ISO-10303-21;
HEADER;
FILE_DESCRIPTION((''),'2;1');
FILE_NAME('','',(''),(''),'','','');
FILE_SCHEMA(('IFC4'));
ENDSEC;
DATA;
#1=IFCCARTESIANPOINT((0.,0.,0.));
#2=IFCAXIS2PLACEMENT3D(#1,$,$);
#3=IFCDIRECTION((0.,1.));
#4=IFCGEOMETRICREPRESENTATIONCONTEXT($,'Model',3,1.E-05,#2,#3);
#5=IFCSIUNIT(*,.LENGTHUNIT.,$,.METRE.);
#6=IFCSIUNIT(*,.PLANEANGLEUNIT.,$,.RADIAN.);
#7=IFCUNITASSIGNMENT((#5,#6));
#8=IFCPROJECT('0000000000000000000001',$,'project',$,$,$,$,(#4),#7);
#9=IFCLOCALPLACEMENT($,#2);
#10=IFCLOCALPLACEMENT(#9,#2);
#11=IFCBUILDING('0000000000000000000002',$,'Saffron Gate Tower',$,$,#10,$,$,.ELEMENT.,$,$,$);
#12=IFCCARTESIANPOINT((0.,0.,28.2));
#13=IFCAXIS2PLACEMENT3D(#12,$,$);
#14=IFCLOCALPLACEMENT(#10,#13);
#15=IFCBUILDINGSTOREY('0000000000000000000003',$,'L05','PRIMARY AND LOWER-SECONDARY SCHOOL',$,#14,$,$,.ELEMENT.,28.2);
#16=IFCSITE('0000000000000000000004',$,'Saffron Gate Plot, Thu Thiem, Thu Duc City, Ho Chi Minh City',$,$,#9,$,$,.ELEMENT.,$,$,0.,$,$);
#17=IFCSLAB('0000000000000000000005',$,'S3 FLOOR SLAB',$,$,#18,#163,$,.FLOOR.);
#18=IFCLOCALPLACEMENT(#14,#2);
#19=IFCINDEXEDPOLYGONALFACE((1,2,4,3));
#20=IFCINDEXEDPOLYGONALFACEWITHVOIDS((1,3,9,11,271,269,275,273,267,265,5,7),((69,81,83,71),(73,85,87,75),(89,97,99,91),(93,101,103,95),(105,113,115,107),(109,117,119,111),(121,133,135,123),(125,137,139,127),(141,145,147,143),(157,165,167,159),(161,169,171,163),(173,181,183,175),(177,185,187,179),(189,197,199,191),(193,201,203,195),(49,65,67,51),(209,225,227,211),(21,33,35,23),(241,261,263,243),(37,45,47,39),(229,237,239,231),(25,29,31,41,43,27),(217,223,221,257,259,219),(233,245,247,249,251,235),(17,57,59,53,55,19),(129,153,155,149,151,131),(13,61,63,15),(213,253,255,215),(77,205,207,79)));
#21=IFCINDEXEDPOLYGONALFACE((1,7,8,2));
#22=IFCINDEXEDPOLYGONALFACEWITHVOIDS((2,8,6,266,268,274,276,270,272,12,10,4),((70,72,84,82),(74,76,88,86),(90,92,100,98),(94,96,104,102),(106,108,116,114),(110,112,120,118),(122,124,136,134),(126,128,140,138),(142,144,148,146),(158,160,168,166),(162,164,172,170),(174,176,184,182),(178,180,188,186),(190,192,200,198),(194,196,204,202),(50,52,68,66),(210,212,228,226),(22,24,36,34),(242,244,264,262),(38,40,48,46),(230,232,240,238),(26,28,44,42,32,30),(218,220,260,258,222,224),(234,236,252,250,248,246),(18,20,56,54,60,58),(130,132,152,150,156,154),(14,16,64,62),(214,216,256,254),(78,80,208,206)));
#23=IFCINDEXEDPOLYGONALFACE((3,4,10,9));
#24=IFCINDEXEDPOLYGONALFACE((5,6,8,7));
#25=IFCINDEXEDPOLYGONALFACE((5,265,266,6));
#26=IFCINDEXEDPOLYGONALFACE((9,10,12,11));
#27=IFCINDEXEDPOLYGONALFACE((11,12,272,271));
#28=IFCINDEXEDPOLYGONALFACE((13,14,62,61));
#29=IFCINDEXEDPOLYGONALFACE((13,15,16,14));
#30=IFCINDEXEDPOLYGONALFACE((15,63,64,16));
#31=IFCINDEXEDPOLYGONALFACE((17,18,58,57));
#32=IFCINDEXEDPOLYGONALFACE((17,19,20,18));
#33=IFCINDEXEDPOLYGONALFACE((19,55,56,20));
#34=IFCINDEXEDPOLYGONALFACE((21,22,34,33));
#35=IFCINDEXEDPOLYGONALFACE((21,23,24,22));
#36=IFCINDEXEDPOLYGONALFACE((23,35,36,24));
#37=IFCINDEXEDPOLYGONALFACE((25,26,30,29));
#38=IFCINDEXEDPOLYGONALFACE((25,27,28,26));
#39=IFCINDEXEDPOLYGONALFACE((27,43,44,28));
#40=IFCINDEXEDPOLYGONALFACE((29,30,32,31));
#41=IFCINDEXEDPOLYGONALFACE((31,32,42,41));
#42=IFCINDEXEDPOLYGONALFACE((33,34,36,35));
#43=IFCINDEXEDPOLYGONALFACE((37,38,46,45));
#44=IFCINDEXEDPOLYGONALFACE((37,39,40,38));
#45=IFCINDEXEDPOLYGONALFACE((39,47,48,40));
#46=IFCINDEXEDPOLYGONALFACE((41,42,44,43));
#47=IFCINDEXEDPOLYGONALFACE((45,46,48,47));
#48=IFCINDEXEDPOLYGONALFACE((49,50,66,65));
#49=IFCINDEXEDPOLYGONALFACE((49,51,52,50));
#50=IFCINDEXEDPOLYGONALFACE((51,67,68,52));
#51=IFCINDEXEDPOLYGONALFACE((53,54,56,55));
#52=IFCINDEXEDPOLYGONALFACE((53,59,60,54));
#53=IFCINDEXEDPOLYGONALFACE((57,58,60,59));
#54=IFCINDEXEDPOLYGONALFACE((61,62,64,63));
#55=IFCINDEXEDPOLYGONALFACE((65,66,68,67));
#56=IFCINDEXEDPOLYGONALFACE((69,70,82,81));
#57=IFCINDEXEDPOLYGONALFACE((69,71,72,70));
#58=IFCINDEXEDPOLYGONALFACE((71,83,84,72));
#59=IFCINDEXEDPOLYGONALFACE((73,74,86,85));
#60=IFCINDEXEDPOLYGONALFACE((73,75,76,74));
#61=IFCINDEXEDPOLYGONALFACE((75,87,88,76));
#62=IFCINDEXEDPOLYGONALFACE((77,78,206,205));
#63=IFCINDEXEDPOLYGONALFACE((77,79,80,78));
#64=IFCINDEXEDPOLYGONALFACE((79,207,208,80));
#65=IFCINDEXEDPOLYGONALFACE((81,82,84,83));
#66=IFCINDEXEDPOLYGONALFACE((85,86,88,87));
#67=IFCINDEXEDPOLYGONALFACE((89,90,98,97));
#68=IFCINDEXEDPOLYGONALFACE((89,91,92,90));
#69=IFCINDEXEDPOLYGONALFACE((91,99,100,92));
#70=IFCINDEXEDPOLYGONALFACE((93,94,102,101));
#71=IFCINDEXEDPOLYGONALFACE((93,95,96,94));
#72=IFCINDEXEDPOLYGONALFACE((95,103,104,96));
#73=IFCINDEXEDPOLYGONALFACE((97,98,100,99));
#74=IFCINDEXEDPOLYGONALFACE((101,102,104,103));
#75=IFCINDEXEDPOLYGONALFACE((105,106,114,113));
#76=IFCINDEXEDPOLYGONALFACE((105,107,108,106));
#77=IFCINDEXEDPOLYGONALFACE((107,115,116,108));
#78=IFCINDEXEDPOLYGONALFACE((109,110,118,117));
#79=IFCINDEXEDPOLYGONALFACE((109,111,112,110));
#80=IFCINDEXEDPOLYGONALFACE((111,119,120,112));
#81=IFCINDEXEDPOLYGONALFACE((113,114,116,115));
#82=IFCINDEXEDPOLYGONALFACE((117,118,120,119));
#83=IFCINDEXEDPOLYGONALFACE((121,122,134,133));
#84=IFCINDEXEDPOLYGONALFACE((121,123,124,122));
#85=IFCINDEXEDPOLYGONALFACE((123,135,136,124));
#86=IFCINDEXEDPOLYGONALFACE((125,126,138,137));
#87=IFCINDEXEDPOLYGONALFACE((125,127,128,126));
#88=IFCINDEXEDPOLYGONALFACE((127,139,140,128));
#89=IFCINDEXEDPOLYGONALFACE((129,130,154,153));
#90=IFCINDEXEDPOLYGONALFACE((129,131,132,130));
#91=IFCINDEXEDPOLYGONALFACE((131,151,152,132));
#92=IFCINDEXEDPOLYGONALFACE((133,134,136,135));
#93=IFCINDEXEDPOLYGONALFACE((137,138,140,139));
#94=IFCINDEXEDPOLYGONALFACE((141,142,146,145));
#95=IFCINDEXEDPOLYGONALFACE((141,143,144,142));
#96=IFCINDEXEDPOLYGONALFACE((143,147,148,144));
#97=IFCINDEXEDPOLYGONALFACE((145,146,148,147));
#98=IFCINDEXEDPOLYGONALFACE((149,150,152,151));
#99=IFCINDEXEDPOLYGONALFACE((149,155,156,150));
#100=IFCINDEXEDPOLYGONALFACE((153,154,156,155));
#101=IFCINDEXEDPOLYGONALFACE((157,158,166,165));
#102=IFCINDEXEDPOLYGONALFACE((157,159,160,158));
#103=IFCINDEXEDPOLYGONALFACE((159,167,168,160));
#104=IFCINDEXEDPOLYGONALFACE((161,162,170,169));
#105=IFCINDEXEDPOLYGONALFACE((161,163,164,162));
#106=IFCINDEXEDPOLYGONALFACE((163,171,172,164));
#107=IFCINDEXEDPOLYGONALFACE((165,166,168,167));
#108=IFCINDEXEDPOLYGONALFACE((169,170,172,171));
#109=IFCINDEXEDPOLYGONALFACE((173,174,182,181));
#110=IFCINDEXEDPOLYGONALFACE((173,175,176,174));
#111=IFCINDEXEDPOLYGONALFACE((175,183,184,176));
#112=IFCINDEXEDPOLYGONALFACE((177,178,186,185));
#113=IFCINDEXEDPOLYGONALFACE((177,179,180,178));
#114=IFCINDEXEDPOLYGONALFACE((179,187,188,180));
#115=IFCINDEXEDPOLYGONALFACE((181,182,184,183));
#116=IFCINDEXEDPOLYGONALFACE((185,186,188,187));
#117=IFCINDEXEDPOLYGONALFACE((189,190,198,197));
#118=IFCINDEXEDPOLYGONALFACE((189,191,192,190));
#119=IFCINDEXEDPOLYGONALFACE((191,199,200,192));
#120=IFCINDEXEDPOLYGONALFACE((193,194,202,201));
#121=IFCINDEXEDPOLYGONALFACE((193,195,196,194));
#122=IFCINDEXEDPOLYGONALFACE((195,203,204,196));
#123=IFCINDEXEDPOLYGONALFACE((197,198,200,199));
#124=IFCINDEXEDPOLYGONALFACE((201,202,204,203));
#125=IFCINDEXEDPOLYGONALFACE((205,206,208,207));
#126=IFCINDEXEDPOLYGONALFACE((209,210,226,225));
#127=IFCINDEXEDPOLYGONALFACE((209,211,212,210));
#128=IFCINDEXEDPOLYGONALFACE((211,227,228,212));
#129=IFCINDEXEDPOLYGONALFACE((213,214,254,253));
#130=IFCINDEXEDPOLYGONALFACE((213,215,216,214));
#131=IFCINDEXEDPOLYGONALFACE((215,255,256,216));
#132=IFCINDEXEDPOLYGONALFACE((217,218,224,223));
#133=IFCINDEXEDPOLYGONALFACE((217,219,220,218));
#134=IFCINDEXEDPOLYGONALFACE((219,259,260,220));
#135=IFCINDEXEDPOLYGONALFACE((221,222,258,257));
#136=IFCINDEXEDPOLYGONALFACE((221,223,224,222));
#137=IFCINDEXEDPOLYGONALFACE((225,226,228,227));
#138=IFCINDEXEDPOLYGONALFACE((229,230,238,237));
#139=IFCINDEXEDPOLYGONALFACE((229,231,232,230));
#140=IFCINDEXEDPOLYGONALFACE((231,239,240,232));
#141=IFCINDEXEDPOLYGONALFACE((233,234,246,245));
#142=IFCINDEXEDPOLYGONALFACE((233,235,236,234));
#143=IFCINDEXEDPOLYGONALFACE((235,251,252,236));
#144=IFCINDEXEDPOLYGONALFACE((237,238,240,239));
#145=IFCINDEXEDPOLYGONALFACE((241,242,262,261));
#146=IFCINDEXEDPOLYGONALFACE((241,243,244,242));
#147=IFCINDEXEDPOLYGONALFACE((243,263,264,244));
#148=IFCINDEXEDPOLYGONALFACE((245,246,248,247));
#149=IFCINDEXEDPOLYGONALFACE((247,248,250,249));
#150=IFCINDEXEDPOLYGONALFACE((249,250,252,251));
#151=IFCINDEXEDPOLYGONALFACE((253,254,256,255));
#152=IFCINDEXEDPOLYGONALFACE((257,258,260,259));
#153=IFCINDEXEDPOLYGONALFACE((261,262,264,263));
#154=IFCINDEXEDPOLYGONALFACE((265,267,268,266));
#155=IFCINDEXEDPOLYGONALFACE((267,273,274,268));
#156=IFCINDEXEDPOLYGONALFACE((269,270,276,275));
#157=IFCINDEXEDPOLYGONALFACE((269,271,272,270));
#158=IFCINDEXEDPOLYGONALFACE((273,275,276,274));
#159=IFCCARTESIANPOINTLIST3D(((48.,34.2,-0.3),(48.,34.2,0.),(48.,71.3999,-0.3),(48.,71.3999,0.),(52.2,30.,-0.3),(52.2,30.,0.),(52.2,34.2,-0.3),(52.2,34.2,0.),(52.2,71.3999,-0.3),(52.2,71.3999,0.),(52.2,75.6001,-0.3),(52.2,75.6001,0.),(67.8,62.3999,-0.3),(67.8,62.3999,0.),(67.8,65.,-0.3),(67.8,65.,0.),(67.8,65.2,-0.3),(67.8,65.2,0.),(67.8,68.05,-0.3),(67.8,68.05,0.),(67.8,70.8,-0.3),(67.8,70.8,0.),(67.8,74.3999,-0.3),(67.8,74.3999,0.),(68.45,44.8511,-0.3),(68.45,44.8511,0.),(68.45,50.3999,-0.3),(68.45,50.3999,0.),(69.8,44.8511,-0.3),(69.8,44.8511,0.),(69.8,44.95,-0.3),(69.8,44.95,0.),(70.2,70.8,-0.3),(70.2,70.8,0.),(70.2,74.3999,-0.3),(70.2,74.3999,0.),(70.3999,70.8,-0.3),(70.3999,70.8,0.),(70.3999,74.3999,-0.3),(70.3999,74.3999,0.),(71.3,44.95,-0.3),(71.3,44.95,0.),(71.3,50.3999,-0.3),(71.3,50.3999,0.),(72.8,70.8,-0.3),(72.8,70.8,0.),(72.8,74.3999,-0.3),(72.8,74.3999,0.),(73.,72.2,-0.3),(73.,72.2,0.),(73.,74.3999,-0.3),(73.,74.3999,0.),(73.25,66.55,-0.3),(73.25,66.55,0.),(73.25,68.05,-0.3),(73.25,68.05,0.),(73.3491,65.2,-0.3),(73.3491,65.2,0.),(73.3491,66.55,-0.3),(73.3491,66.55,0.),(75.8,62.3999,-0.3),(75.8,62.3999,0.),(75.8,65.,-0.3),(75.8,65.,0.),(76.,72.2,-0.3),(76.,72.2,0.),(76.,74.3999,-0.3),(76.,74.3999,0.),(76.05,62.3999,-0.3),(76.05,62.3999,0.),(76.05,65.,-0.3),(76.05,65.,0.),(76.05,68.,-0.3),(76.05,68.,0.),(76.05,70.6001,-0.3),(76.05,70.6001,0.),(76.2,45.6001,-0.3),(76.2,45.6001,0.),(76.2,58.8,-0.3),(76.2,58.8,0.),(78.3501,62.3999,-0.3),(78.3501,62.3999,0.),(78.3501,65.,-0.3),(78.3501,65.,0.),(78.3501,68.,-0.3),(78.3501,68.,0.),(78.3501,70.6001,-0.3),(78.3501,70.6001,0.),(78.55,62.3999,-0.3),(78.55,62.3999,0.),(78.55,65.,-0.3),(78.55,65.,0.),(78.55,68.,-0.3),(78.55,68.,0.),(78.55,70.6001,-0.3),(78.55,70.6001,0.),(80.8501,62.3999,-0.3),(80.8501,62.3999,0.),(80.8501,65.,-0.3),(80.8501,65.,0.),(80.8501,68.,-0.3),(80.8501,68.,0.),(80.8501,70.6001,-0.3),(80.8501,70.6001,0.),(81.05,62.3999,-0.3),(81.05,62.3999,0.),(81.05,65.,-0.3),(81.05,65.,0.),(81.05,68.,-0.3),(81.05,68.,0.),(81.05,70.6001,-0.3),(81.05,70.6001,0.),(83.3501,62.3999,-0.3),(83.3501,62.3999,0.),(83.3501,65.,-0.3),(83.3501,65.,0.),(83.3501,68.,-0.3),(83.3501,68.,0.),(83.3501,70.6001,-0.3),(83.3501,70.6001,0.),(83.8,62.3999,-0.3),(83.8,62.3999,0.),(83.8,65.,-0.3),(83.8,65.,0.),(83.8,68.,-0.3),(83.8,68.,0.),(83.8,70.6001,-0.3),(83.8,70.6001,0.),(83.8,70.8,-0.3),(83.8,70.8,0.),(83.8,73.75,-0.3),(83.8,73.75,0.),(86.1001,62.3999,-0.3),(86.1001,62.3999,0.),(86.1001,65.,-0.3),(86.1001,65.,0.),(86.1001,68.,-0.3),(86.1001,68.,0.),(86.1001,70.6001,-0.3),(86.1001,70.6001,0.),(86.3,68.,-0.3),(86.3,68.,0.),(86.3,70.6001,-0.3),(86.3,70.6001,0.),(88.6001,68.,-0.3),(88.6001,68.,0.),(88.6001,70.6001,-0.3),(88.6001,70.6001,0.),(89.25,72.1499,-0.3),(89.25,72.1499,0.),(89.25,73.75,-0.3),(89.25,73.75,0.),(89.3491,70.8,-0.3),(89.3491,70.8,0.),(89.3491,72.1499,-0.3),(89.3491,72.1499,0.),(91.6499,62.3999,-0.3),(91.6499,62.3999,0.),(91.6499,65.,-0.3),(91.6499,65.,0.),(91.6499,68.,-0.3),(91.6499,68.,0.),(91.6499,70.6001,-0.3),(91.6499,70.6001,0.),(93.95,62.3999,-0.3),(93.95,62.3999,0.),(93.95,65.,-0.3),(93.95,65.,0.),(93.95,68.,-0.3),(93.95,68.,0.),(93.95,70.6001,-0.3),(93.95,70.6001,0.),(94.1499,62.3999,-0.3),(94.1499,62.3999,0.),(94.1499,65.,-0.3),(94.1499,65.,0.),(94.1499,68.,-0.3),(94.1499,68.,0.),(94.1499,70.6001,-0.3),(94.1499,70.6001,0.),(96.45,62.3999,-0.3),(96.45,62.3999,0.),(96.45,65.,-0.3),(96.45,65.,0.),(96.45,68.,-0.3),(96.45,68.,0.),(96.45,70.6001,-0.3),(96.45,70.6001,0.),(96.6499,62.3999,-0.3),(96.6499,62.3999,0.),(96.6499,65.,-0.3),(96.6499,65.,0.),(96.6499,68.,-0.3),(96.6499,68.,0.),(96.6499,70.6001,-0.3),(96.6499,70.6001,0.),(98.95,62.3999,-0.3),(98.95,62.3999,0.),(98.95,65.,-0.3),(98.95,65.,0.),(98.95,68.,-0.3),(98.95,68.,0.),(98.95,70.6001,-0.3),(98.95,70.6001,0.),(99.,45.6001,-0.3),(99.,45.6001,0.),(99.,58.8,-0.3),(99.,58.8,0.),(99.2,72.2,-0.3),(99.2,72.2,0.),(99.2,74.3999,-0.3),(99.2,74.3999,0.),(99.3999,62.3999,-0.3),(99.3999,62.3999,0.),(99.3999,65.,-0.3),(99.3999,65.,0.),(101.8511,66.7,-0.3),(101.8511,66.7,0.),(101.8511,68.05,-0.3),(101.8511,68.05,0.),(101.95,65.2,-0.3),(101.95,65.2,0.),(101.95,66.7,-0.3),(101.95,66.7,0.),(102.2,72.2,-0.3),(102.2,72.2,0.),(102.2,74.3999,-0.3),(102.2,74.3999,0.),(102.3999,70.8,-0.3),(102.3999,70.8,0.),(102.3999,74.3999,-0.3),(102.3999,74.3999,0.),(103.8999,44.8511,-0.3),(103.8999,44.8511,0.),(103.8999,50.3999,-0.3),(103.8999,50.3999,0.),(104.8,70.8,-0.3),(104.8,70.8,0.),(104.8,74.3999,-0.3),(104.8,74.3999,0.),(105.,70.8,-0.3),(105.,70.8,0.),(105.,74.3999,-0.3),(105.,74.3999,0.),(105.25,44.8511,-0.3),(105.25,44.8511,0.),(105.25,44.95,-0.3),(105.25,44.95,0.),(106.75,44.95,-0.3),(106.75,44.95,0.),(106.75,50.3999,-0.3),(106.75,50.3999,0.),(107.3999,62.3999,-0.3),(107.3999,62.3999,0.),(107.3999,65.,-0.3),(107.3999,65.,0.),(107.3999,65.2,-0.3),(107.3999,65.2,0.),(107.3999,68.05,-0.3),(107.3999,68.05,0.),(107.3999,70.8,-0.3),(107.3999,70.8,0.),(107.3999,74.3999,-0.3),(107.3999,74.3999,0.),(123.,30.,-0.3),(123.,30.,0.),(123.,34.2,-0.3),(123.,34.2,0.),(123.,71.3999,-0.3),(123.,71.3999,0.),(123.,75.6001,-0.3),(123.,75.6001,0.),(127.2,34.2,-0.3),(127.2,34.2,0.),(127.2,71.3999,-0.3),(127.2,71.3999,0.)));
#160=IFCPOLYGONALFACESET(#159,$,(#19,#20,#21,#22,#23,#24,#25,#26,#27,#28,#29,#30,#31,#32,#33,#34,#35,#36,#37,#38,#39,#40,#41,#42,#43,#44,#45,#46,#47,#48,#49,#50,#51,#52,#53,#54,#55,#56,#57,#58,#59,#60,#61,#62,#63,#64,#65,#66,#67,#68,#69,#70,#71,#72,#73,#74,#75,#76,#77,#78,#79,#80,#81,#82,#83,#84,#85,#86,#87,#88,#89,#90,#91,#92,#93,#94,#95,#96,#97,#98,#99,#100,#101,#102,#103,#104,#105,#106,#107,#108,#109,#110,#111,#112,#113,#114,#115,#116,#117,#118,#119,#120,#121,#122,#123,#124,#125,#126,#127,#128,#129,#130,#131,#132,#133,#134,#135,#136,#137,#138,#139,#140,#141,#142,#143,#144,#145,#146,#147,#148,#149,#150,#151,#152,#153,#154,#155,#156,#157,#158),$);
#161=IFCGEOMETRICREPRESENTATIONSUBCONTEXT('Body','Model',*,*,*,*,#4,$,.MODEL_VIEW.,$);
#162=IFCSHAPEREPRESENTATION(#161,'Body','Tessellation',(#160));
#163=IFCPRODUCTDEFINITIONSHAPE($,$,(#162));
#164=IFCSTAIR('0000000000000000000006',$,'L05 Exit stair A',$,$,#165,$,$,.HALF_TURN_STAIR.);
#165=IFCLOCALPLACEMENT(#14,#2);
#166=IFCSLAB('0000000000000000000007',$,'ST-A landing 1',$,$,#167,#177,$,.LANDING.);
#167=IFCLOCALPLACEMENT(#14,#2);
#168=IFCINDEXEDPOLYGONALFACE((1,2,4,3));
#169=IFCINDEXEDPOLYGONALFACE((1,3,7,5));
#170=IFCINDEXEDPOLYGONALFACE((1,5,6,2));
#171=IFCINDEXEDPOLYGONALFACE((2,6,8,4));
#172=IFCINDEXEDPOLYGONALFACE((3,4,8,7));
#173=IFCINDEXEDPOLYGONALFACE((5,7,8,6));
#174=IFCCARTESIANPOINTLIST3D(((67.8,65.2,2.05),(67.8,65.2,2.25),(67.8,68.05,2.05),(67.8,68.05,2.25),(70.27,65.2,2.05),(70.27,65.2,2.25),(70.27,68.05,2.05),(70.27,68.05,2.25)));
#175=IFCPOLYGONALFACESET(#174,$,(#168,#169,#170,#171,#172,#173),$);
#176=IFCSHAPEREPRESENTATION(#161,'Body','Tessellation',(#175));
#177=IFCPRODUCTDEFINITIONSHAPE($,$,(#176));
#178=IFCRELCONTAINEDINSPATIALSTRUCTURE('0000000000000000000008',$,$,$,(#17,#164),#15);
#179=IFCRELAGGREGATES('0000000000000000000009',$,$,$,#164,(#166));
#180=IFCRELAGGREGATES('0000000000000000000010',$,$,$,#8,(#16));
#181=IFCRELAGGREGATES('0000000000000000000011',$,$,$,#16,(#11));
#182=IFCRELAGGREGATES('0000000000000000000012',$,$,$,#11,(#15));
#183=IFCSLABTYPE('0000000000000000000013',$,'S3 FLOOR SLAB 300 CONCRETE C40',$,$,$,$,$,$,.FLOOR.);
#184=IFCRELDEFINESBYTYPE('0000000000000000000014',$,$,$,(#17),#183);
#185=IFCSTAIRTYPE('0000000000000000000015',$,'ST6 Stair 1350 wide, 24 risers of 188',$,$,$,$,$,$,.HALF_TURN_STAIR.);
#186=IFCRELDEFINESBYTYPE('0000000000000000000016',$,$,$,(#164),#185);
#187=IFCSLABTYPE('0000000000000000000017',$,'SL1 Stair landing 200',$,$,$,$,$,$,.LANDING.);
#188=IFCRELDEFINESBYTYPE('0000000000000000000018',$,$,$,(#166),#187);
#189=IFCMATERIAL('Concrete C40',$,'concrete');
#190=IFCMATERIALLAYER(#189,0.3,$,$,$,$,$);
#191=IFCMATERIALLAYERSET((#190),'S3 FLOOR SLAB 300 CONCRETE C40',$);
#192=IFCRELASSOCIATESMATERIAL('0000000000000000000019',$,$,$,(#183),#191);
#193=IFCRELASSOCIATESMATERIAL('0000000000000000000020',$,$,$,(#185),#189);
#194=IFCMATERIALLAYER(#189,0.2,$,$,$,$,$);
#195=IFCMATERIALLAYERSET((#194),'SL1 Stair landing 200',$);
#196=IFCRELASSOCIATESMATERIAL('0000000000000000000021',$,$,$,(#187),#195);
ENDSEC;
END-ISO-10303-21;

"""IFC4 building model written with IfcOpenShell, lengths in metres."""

from ifc_helpers import new_model, si_unit, direction, frame, origin, place, context, subcontext, project, spatial, polyline, outline, extrude, material, layer, layer_set, type_object, element, aggregate, save


model = new_model("IFC4")

# Units and contexts
model_context = context("Model", 3, precision=1e-05, world=origin(), true_north=direction((0.0, 1.0)))
body_context = subcontext(model_context, "Body", "Model", "MODEL_VIEW")
ifc_project = project(units=[si_unit("LENGTHUNIT", "METRE"), si_unit("PLANEANGLEUNIT", "RADIAN")], contexts=[model_context])

# Site, building, storey
site_placement = place(None, origin())
site = spatial("IfcSite", under=ifc_project, at=site_placement, Name="Saffron Gate Plot, Thu Thiem, Thu Duc City, Ho Chi Minh City", CompositionType="ELEMENT", RefElevation=0.0)
building_placement = place(site_placement, origin())
building = spatial("IfcBuilding", under=site, at=building_placement, Name="Saffron Gate Tower", CompositionType="ELEMENT")
storey_placement = place(building_placement, frame((0.0, 0.0, 28.2)))
storey = spatial("IfcBuildingStorey", under=building, at=storey_placement, Name="L05", Description="PRIMARY AND LOWER-SECONDARY SCHOOL", CompositionType="ELEMENT", Elevation=28.2)

# Slab
ifc_material_1 = material(Name="Concrete C40", Category="concrete")
ifc_layer_1 = layer(ifc_material_1, 0.3)
ifc_layer_set_1 = layer_set([ifc_layer_1], Name="S3 FLOOR SLAB 300 CONCRETE C40")
slab_type_1 = type_object("IfcSlabType", Name="S3 FLOOR SLAB 300 CONCRETE C40", PredefinedType="FLOOR", material=ifc_layer_set_1)
slab_1_placement = place(storey_placement, frame((0.0, 0.0, -0.3)))
element("IfcSlab", 1, at=slab_1_placement, inside=storey, type_object=slab_type_1, Name="S3 FLOOR SLAB", PredefinedType="FLOOR", context=body_context, shape_type="SweptSolid", body=[
    extrude(outline(polyline([(48.0, 34.2), (52.2, 34.2), (52.2, 30.0), (123.0, 30.0), (123.0, 34.2), (127.2, 34.2), (127.2, 71.3999), (123.0, 71.3999), (123.0, 75.6001), (52.2, 75.6001), (52.2, 71.3999), (48.0, 71.3999), (48.0, 34.2)]), holes=[polyline([(67.8, 62.3999), (67.8, 65.0), (75.8, 65.0), (75.8, 62.3999), (67.8, 62.3999)]), polyline([(67.8, 65.2), (67.8, 68.05), (73.25, 68.05), (73.25, 66.55), (73.3491, 66.55), (73.3491, 65.2), (67.8, 65.2)]), polyline([(67.8, 70.8), (67.8, 74.3999), (70.2, 74.3999), (70.2, 70.8), (67.8, 70.8)]), polyline([(68.45, 44.8511), (68.45, 50.3999), (71.3, 50.3999), (71.3, 44.95), (69.8, 44.95), (69.8, 44.8511), (68.45, 44.8511)]), polyline([(70.3999, 70.8), (70.3999, 74.3999), (72.8, 74.3999), (72.8, 70.8), (70.3999, 70.8)]), polyline([(73.0, 72.2), (73.0, 74.3999), (76.0, 74.3999), (76.0, 72.2), (73.0, 72.2)]), polyline([(76.05, 62.3999), (76.05, 65.0), (78.3501, 65.0), (78.3501, 62.3999), (76.05, 62.3999)]), polyline([(76.05, 68.0), (76.05, 70.6001), (78.3501, 70.6001), (78.3501, 68.0), (76.05, 68.0)]), polyline([(76.2, 45.6001), (76.2, 58.8), (99.0, 58.8), (99.0, 45.6001), (76.2, 45.6001)]), polyline([(78.55, 62.3999), (78.55, 65.0), (80.8501, 65.0), (80.8501, 62.3999), (78.55, 62.3999)]), polyline([(78.55, 68.0), (78.55, 70.6001), (80.8501, 70.6001), (80.8501, 68.0), (78.55, 68.0)]), polyline([(81.05, 62.3999), (81.05, 65.0), (83.3501, 65.0), (83.3501, 62.3999), (81.05, 62.3999)]), polyline([(81.05, 68.0), (81.05, 70.6001), (83.3501, 70.6001), (83.3501, 68.0), (81.05, 68.0)]), polyline([(83.8, 62.3999), (83.8, 65.0), (86.1001, 65.0), (86.1001, 62.3999), (83.8, 62.3999)]), polyline([(83.8, 68.0), (83.8, 70.6001), (86.1001, 70.6001), (86.1001, 68.0), (83.8, 68.0)]), polyline([(83.8, 70.8), (83.8, 73.75), (89.25, 73.75), (89.25, 72.1499), (89.3491, 72.1499), (89.3491, 70.8), (83.8, 70.8)]), polyline([(86.3, 68.0), (86.3, 70.6001), (88.6001, 70.6001), (88.6001, 68.0), (86.3, 68.0)]), polyline([(91.6499, 62.3999), (91.6499, 65.0), (93.95, 65.0), (93.95, 62.3999), (91.6499, 62.3999)]), polyline([(91.6499, 68.0), (91.6499, 70.6001), (93.95, 70.6001), (93.95, 68.0), (91.6499, 68.0)]), polyline([(94.1499, 62.3999), (94.1499, 65.0), (96.45, 65.0), (96.45, 62.3999), (94.1499, 62.3999)]), polyline([(94.1499, 68.0), (94.1499, 70.6001), (96.45, 70.6001), (96.45, 68.0), (94.1499, 68.0)]), polyline([(96.6499, 62.3999), (96.6499, 65.0), (98.95, 65.0), (98.95, 62.3999), (96.6499, 62.3999)]), polyline([(96.6499, 68.0), (96.6499, 70.6001), (98.95, 70.6001), (98.95, 68.0), (96.6499, 68.0)]), polyline([(99.2, 72.2), (99.2, 74.3999), (102.2, 74.3999), (102.2, 72.2), (99.2, 72.2)]), polyline([(99.3999, 62.3999), (99.3999, 65.0), (107.3999, 65.0), (107.3999, 62.3999), (99.3999, 62.3999)]), polyline([(101.8511, 66.7), (101.8511, 68.05), (107.3999, 68.05), (107.3999, 65.2), (101.95, 65.2), (101.95, 66.7), (101.8511, 66.7)]), polyline([(102.3999, 70.8), (102.3999, 74.3999), (104.8, 74.3999), (104.8, 70.8), (102.3999, 70.8)]), polyline([(103.8999, 44.8511), (103.8999, 50.3999), (106.75, 50.3999), (106.75, 44.95), (105.25, 44.95), (105.25, 44.8511), (103.8999, 44.8511)]), polyline([(105.0, 70.8), (105.0, 74.3999), (107.3999, 74.3999), (107.3999, 70.8), (105.0, 70.8)])]), origin(), (0.0, 0.0, 1.0), 0.3),
])

# Stair, slab
stair_type = type_object("IfcStairType", Name="ST6 Stair 1350 wide, 24 risers of 188", PredefinedType="HALF_TURN_STAIR", material=ifc_material_1)
stair_1_placement = place(storey_placement, origin())
stair_1 = element("IfcStair", 2, at=stair_1_placement, inside=storey, type_object=stair_type, Name="L05 Exit stair A", PredefinedType="HALF_TURN_STAIR")
ifc_layer_2 = layer(ifc_material_1, 0.2)
ifc_layer_set_2 = layer_set([ifc_layer_2], Name="SL1 Stair landing 200")
slab_type_2 = type_object("IfcSlabType", Name="SL1 Stair landing 200", PredefinedType="LANDING", material=ifc_layer_set_2)
slab_2_placement = place(storey_placement, frame((0.0, 0.0, 2.05)))
slab_2 = element("IfcSlab", 3, at=slab_2_placement, type_object=slab_type_2, Name="ST-A landing 1", PredefinedType="LANDING", context=body_context, shape_type="SweptSolid", body=[
    extrude(outline(polyline([(70.27, 68.05), (67.8, 68.05), (67.8, 65.2), (70.27, 65.2), (70.27, 68.05)])), origin(), (0.0, 0.0, 1.0), 0.2),
])
aggregate(stair_1, [slab_2])

save(model, "model.ifc")
